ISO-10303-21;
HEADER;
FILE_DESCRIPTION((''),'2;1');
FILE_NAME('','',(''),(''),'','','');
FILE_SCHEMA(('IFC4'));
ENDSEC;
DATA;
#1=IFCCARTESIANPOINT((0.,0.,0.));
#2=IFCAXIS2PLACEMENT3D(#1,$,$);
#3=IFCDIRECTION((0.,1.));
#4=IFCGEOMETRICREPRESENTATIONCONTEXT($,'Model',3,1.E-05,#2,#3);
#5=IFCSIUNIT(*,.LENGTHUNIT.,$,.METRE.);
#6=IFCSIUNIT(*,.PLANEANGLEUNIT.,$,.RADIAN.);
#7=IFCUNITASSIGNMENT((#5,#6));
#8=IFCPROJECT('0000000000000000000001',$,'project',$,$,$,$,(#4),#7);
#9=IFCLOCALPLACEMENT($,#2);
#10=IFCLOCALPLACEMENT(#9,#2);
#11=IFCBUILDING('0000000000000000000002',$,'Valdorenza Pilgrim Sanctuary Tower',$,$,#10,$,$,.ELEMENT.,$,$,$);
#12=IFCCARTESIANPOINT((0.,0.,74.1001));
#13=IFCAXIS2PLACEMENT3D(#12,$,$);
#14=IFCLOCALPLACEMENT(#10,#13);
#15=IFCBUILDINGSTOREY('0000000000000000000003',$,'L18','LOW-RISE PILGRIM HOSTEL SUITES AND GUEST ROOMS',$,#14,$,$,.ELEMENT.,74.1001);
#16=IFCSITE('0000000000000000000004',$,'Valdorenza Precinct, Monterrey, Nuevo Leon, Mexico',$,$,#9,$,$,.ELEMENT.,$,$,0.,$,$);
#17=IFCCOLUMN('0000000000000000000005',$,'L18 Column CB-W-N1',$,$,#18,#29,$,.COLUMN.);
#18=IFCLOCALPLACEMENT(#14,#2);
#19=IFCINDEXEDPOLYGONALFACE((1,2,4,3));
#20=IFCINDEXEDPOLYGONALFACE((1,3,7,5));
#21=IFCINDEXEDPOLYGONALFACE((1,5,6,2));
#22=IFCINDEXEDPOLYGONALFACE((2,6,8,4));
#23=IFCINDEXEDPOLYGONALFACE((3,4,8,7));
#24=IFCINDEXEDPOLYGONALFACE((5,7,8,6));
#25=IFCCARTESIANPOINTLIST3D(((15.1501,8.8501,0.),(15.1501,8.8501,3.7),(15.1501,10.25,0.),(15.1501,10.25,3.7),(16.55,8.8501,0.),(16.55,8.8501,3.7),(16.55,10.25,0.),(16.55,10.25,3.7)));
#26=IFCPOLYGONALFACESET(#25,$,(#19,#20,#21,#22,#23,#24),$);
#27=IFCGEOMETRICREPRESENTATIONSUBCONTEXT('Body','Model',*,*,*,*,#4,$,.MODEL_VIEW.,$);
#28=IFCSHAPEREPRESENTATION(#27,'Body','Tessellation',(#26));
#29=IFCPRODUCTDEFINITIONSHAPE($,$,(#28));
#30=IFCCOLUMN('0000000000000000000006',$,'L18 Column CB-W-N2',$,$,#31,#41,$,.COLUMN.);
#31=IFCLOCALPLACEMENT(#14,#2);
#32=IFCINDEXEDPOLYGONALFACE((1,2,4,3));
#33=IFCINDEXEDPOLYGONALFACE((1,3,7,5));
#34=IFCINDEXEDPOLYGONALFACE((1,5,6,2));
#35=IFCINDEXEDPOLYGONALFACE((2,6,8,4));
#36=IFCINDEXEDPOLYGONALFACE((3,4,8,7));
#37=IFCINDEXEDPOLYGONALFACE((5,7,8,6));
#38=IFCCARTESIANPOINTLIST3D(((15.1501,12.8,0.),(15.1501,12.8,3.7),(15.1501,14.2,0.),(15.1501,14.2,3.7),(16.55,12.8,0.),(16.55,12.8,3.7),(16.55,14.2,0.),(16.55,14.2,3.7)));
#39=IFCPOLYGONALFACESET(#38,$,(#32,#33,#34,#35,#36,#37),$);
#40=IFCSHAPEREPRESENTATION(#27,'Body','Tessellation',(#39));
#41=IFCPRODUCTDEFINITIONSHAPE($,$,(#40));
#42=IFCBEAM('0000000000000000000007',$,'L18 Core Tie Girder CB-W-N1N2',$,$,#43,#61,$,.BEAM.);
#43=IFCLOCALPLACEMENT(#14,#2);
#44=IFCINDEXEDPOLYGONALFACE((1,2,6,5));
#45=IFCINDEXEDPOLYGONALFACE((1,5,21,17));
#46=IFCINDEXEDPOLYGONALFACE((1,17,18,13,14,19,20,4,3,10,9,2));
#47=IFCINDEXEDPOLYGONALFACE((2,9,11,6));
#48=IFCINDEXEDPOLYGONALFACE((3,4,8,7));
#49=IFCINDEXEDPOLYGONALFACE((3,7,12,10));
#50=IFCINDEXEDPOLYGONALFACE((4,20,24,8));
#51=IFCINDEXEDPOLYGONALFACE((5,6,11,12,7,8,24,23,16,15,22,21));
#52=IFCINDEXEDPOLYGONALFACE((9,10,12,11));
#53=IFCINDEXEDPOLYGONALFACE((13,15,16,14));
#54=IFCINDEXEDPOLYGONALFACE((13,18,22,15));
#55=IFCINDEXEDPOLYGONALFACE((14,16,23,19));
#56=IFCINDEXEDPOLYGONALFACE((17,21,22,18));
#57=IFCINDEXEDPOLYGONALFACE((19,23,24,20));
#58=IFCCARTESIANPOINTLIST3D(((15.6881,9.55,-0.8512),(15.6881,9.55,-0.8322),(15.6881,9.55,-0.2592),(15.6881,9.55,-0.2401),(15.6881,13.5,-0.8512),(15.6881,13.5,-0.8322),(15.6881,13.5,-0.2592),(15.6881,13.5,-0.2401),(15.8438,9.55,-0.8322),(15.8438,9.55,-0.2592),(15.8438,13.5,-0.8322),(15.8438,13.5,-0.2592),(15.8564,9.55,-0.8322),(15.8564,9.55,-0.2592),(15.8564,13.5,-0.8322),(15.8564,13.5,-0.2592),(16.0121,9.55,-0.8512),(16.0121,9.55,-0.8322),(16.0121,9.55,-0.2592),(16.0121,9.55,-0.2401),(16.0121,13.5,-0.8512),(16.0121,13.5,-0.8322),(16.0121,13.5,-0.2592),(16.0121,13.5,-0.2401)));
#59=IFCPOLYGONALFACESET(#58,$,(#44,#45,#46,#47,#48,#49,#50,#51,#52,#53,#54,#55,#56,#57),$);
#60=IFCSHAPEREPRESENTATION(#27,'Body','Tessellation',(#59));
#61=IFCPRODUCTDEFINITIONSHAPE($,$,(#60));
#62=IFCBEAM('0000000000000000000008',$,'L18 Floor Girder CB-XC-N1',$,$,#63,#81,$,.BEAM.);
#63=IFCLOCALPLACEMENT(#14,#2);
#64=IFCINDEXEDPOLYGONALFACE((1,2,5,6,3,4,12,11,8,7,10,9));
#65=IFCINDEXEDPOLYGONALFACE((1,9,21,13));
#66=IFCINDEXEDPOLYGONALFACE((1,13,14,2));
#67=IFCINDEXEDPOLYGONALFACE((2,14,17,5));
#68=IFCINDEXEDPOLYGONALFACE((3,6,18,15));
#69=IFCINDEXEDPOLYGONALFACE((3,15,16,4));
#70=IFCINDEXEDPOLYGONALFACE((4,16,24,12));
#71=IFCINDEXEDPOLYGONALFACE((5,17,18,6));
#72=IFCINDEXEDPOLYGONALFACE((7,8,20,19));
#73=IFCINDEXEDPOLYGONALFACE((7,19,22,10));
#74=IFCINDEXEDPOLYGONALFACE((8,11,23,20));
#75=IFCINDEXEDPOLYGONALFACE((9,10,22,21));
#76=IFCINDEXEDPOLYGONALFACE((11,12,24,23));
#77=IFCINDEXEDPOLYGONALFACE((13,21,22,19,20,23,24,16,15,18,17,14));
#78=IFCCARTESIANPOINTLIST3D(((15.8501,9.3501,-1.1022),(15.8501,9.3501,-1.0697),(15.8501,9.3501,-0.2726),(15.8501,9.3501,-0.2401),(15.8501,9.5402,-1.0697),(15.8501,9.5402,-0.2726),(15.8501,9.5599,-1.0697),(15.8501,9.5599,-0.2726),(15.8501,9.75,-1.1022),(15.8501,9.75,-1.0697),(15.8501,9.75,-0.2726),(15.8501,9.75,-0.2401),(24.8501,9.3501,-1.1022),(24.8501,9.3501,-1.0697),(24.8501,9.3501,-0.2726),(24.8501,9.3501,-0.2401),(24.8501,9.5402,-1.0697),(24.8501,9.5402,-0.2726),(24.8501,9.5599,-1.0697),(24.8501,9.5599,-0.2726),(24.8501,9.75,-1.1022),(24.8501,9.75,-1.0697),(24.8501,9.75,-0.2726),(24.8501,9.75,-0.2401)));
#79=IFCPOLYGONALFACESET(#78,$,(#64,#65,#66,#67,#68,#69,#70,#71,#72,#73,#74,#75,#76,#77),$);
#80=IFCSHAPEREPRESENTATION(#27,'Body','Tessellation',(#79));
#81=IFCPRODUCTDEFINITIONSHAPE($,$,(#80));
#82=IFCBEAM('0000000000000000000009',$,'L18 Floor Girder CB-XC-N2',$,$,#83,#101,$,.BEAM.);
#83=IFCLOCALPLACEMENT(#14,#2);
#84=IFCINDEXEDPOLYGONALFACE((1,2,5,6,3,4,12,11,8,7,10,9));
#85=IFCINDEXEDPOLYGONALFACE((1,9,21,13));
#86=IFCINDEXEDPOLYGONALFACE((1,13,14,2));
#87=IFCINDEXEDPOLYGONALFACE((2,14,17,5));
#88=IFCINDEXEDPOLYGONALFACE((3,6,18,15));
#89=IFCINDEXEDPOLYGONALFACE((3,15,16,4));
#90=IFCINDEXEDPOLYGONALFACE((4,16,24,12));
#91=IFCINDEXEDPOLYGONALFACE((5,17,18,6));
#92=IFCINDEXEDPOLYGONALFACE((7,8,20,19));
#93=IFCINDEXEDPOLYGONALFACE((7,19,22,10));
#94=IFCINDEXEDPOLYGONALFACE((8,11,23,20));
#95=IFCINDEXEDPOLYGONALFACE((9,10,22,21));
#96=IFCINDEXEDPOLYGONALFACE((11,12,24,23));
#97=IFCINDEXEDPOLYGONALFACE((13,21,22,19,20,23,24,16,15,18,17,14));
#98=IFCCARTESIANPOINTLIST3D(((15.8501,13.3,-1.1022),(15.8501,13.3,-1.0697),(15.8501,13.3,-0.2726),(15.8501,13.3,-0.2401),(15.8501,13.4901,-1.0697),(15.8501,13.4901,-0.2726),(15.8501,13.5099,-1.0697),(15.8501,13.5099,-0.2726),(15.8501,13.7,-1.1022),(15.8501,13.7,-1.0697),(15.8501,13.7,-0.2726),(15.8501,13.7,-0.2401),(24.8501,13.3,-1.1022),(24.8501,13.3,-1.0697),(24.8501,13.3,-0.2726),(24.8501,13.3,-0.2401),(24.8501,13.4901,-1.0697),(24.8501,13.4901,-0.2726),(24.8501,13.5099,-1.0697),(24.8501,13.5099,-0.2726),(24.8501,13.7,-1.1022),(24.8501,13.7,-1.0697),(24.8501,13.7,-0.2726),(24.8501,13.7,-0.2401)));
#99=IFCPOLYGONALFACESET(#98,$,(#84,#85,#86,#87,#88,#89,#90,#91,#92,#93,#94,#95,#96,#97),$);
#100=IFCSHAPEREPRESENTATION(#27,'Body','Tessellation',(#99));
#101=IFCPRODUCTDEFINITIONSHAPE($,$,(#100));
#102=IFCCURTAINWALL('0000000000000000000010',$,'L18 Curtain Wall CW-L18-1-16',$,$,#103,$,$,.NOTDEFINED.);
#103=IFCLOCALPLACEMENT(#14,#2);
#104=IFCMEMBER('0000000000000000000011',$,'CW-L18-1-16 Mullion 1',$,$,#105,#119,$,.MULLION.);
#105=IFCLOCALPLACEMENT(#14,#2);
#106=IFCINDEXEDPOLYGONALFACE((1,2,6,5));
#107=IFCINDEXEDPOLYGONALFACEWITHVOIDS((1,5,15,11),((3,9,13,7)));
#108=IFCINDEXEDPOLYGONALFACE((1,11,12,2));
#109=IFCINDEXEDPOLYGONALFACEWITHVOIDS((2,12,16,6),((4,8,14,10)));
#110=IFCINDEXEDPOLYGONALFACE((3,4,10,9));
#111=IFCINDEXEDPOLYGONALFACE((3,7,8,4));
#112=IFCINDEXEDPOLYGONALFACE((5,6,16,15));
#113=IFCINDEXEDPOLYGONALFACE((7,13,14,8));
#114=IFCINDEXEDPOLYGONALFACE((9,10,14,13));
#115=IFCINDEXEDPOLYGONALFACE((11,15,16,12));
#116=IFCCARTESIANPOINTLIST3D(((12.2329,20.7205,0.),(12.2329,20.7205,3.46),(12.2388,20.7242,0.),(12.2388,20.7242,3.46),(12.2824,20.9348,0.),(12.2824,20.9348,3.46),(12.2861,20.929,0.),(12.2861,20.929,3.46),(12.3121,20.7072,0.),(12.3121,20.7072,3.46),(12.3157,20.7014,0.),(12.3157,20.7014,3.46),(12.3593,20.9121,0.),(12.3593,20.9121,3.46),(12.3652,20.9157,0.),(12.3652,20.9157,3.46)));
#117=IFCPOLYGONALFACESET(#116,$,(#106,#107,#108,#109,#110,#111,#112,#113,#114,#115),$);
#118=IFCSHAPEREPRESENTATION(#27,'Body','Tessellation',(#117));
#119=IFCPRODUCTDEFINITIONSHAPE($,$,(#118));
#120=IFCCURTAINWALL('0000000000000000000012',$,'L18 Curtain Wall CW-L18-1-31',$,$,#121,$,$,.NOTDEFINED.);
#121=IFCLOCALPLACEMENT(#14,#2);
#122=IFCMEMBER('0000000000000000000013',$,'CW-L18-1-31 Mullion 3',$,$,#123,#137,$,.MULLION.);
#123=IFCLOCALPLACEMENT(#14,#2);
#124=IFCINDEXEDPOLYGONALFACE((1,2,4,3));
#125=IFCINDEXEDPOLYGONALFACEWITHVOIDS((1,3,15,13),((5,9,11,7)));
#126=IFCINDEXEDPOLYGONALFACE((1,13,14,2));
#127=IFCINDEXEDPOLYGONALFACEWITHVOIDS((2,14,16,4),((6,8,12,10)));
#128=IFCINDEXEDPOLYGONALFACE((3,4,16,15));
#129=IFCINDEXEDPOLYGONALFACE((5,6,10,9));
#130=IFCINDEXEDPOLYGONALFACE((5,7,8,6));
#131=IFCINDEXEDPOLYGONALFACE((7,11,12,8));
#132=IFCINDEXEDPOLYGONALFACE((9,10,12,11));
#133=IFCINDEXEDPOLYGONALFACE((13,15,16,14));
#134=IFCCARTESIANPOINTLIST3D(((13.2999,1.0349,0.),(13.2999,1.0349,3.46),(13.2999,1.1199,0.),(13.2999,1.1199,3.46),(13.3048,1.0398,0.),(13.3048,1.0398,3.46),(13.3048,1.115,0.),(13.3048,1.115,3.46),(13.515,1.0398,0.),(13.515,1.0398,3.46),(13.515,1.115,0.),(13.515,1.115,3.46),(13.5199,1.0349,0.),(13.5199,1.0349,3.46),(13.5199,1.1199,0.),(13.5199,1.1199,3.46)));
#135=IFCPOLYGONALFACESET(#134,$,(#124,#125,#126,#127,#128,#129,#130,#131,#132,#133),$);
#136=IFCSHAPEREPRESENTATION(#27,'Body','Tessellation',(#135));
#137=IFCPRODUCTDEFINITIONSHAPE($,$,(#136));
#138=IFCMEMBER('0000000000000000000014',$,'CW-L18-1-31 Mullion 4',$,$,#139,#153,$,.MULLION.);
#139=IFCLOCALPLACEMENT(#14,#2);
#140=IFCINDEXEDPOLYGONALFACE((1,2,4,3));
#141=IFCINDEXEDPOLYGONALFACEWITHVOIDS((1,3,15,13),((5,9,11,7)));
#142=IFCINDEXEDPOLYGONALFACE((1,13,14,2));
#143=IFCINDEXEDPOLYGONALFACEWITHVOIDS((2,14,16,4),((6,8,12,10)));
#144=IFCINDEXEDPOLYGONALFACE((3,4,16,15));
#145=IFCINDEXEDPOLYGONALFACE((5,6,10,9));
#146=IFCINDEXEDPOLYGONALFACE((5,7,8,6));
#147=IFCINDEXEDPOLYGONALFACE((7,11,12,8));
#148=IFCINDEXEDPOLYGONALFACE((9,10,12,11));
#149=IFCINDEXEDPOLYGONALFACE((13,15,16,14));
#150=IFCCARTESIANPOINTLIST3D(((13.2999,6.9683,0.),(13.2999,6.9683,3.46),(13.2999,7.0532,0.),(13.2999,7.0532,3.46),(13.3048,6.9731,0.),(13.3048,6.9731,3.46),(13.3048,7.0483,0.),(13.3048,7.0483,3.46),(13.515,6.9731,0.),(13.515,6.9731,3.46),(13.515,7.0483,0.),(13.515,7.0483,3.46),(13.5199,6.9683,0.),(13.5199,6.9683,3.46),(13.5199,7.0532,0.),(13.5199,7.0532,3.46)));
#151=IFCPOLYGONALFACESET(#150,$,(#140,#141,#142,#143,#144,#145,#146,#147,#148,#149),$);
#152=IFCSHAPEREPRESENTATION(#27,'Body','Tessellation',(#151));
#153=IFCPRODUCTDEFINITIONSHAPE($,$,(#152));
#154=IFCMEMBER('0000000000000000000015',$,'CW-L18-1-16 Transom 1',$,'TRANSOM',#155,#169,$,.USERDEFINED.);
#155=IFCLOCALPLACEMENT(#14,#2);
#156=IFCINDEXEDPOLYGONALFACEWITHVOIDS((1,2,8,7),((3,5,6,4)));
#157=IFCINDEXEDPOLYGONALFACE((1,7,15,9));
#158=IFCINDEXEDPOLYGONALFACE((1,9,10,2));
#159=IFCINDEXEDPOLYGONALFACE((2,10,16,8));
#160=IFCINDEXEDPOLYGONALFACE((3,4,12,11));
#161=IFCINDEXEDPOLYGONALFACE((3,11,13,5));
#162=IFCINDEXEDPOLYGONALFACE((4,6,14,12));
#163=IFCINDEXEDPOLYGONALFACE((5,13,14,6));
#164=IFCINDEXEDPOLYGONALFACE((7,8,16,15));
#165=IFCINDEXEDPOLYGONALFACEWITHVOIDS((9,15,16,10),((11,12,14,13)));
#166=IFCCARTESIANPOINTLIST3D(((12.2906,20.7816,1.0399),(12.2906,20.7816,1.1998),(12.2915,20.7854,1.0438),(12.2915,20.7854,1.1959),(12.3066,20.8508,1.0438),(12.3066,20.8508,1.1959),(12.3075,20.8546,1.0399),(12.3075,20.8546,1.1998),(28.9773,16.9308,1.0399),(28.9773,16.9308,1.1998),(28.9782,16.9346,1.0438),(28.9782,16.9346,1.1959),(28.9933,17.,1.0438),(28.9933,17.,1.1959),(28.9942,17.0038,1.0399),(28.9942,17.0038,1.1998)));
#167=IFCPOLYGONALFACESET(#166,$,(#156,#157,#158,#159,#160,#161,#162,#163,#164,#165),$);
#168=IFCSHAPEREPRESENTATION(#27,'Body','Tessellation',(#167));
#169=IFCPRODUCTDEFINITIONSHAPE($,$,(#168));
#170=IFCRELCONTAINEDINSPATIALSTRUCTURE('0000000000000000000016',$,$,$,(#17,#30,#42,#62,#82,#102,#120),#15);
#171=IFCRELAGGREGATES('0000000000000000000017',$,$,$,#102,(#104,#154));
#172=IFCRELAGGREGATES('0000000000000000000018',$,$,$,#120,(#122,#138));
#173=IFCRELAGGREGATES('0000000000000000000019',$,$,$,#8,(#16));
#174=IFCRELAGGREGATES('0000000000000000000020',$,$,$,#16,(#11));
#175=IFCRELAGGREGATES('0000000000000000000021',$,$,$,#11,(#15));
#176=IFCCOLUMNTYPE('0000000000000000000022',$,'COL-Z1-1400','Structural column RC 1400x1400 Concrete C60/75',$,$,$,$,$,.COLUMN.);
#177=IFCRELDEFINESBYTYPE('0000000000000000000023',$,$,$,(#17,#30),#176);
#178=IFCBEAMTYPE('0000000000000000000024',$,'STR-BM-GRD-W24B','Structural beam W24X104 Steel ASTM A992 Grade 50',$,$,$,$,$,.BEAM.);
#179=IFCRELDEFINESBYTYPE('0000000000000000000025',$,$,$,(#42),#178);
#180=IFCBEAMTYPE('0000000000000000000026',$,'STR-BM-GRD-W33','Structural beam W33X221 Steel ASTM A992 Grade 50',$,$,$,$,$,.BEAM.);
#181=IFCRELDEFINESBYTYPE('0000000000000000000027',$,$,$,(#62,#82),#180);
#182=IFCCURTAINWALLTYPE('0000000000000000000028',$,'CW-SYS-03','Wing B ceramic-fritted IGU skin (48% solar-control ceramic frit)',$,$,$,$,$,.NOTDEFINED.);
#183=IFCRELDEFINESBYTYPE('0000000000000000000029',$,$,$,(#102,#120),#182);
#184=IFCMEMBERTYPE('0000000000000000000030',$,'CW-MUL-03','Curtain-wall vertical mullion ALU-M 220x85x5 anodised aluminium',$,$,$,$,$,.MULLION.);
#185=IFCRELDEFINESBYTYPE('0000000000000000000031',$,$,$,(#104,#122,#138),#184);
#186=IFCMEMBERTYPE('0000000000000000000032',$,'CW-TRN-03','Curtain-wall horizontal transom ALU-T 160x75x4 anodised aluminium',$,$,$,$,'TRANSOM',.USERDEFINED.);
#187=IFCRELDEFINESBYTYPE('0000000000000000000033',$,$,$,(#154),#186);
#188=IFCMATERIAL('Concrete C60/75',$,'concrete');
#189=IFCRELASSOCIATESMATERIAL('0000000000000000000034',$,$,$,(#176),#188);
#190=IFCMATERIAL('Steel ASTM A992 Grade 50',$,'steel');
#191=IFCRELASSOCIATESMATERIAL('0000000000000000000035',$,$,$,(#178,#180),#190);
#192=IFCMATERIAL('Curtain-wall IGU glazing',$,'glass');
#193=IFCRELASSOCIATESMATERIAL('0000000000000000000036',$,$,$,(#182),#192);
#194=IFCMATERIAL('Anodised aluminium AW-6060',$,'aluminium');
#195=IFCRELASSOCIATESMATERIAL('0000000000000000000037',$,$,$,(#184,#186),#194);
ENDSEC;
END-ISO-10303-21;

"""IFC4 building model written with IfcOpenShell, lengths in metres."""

from ifc_helpers import new_model, si_unit, direction, frame, origin, origin_2d, place, context, subcontext, project, spatial, rectangle, hollow_rectangle, i_section, extrude, source, transform, mapped, material, material_profile, profile_set, type_object, element, aggregate, save


model = new_model("IFC4")

# Units and contexts
model_context = context("Model", 3, precision=1e-05, world=origin(), true_north=direction((0.0, 1.0)))
body_context = subcontext(model_context, "Body", "Model", "MODEL_VIEW")
ifc_project = project(units=[si_unit("LENGTHUNIT", "METRE"), si_unit("PLANEANGLEUNIT", "RADIAN")], contexts=[model_context])

# Site, building, storey
site_placement = place(None, origin())
site = spatial("IfcSite", under=ifc_project, at=site_placement, Name="Valdorenza Precinct, Monterrey, Nuevo Leon, Mexico", CompositionType="ELEMENT", RefElevation=0.0)
building_placement = place(site_placement, origin())
building = spatial("IfcBuilding", under=site, at=building_placement, Name="Valdorenza Pilgrim Sanctuary Tower", CompositionType="ELEMENT")
storey_placement = place(building_placement, frame((0.0, 0.0, 74.1001)))
storey = spatial("IfcBuildingStorey", under=building, at=storey_placement, Name="L18", Description="LOW-RISE PILGRIM HOSTEL SUITES AND GUEST ROOMS", CompositionType="ELEMENT", Elevation=74.1001)

# Columns
ifc_material_1 = material(Name="Concrete C60/75", Category="concrete")
ifc_material_profile_1 = material_profile(ifc_material_1, rectangle(XDim=1.3999, YDim=1.3999, at=origin_2d()), Name="RC 1400x1400")
ifc_profile_set_1 = profile_set([ifc_material_profile_1], Name="Concrete C60/75")
column_type = type_object("IfcColumnType", Name="COL-Z1-1400", Description="Structural column RC 1400x1400 Concrete C60/75", PredefinedType="COLUMN", material=ifc_profile_set_1)
shared_shape_1 = source(origin(), body_context, "Body", "SweptSolid", [
    extrude(rectangle(XDim=1.3999, YDim=1.3999, at=origin_2d()), origin(), (0.0, 0.0, 1.0), 3.7),
])
for number, where, z_axis, x_axis, name in (
    (1, (15.8501, 9.55, 0.0), (0.0, 0.0, 1.0), (1.0, 0.0, 0.0), "L18 Column CB-W-N1"),
    (2, (15.8501, 13.5, 0.0), (0.0, 0.0, 1.0), (1.0, 0.0, 0.0), "L18 Column CB-W-N2"),
):
    element("IfcColumn", number, at=place(storey_placement, frame(where, z_axis=z_axis, x_axis=x_axis)), inside=storey, type_object=column_type, Name=name, PredefinedType="COLUMN", context=body_context, shape_type="MappedRepresentation", body=[
        mapped(shared_shape_1, transform((0.0, 0.0, 0.0), x_axis=(1.0, 0.0, 0.0), y_axis=(0.0, 1.0, 0.0), z_axis=(0.0, 0.0, 1.0), scale=1.0)),
    ])

# Beams
ifc_material_2 = material(Name="Steel ASTM A992 Grade 50", Category="steel")
ifc_material_profile_2 = material_profile(ifc_material_2, i_section(OverallWidth=0.324, OverallDepth=0.6111, WebThickness=0.0127, FlangeThickness=0.019, at=origin_2d()), Name="W24X104")
ifc_profile_set_2 = profile_set([ifc_material_profile_2], Name="Steel ASTM A992 Grade 50")
beam_type_1 = type_object("IfcBeamType", Name="STR-BM-GRD-W24B", Description="Structural beam W24X104 Steel ASTM A992 Grade 50", PredefinedType="BEAM", material=ifc_profile_set_2)
shared_shape_2 = source(origin(), body_context, "Body", "SweptSolid", [
    extrude(i_section(OverallWidth=0.324, OverallDepth=0.6111, WebThickness=0.0127, FlangeThickness=0.019, at=origin_2d()), origin(), (0.0, 0.0, 1.0), 3.95),
])
beam_placement = place(storey_placement, frame((15.8501, 9.55, -0.5457), z_axis=(0.0, 1.0, 0.0), x_axis=(-1.0, 0.0, 0.0)))
element("IfcBeam", 3, at=beam_placement, inside=storey, type_object=beam_type_1, Name="L18 Core Tie Girder CB-W-N1N2", PredefinedType="BEAM", context=body_context, shape_type="MappedRepresentation", body=[
    mapped(shared_shape_2, transform((0.0, 0.0, 0.0), x_axis=(1.0, 0.0, 0.0), y_axis=(0.0, 1.0, 0.0), z_axis=(0.0, 0.0, 1.0), scale=1.0)),
])
ifc_material_profile_3 = material_profile(ifc_material_2, i_section(OverallWidth=0.3999, OverallDepth=0.8621, WebThickness=0.0198, FlangeThickness=0.0325, at=origin_2d()), Name="W33X221")
ifc_profile_set_3 = profile_set([ifc_material_profile_3], Name="Steel ASTM A992 Grade 50")
beam_type_2 = type_object("IfcBeamType", Name="STR-BM-GRD-W33", Description="Structural beam W33X221 Steel ASTM A992 Grade 50", PredefinedType="BEAM", material=ifc_profile_set_3)
shared_shape_3 = source(origin(), body_context, "Body", "SweptSolid", [
    extrude(i_section(OverallWidth=0.3999, OverallDepth=0.8621, WebThickness=0.0198, FlangeThickness=0.0325, at=origin_2d()), origin(), (0.0, 0.0, 1.0), 9.0),
])
for number, where, z_axis, x_axis, name in (
    (4, (15.8501, 9.55, -0.6711), (1.0, 0.0, 0.0), (0.0, 1.0, 0.0), "L18 Floor Girder CB-XC-N1"),
    (5, (15.8501, 13.5, -0.6711), (1.0, 0.0, 0.0), (0.0, 1.0, 0.0), "L18 Floor Girder CB-XC-N2"),
):
    element("IfcBeam", number, at=place(storey_placement, frame(where, z_axis=z_axis, x_axis=x_axis)), inside=storey, type_object=beam_type_2, Name=name, PredefinedType="BEAM", context=body_context, shape_type="MappedRepresentation", body=[
        mapped(shared_shape_3, transform((0.0, 0.0, 0.0), x_axis=(1.0, 0.0, 0.0), y_axis=(0.0, 1.0, 0.0), z_axis=(0.0, 0.0, 1.0), scale=1.0)),
    ])

# Curtain wall, member
ifc_material_3 = material(Name="Curtain-wall IGU glazing", Category="glass")
curtain_wall_type = type_object("IfcCurtainWallType", Name="CW-SYS-03", Description="Wing B ceramic-fritted IGU skin (48% solar-control ceramic frit)", PredefinedType="NOTDEFINED", material=ifc_material_3)
curtain_wall_1_placement = place(storey_placement, origin())
curtain_wall_1 = element("IfcCurtainWall", 6, at=curtain_wall_1_placement, inside=storey, type_object=curtain_wall_type, Name="L18 Curtain Wall CW-L18-1-16", PredefinedType="NOTDEFINED")
ifc_material_4 = material(Name="Anodised aluminium AW-6060", Category="aluminium")
ifc_material_profile_4 = material_profile(ifc_material_4, hollow_rectangle(XDim=0.085, YDim=0.22, WallThickness=0.0049, at=origin_2d()), Name="ALU-M 220x85x5")
ifc_profile_set_4 = profile_set([ifc_material_profile_4], Name="Anodised aluminium AW-6060")
member_type_1 = type_object("IfcMemberType", Name="CW-MUL-03", Description="Curtain-wall vertical mullion ALU-M 220x85x5 anodised aluminium", PredefinedType="MULLION", material=ifc_profile_set_4)
shared_shape_4 = source(origin(), body_context, "Body", "SweptSolid", [
    extrude(hollow_rectangle(XDim=0.085, YDim=0.22, WallThickness=0.0049, at=origin_2d()), origin(), (0.0, 0.0, 1.0), 3.46),
])
member_1_placement = place(storey_placement, frame((12.2991, 20.8181, 0.0), z_axis=(0.0, 0.0, 1.0), x_axis=(0.97439, -0.224866, 0.0)))
member_1 = element("IfcMember", 7, at=member_1_placement, type_object=member_type_1, Name="CW-L18-1-16 Mullion 1", PredefinedType="MULLION", context=body_context, shape_type="MappedRepresentation", body=[
    mapped(shared_shape_4, transform((0.0, 0.0, 0.0), x_axis=(1.0, 0.0, 0.0), y_axis=(0.0, 1.0, 0.0), z_axis=(0.0, 0.0, 1.0), scale=1.0)),
])

# Curtain wall, members
curtain_wall_2_placement = place(storey_placement, origin())
curtain_wall_2 = element("IfcCurtainWall", 8, at=curtain_wall_2_placement, inside=storey, type_object=curtain_wall_type, Name="L18 Curtain Wall CW-L18-1-31", PredefinedType="NOTDEFINED")
member_2_placement = place(storey_placement, frame((13.4099, 1.0774, 0.0), z_axis=(0.0, 0.0, 1.0), x_axis=(0.0, 1.0, 0.0)))
member_2 = element("IfcMember", 9, at=member_2_placement, type_object=member_type_1, Name="CW-L18-1-31 Mullion 3", PredefinedType="MULLION", context=body_context, shape_type="MappedRepresentation", body=[
    mapped(shared_shape_4, transform((0.0, 0.0, 0.0), x_axis=(1.0, 0.0, 0.0), y_axis=(0.0, 1.0, 0.0), z_axis=(0.0, 0.0, 1.0), scale=1.0)),
])
member_3_placement = place(storey_placement, frame((13.4099, 7.0107, 0.0), z_axis=(0.0, 0.0, 1.0), x_axis=(0.0, 1.0, 0.0)))
member_3 = element("IfcMember", 10, at=member_3_placement, type_object=member_type_1, Name="CW-L18-1-31 Mullion 4", PredefinedType="MULLION", context=body_context, shape_type="MappedRepresentation", body=[
    mapped(shared_shape_4, transform((0.0, 0.0, 0.0), x_axis=(1.0, 0.0, 0.0), y_axis=(0.0, 1.0, 0.0), z_axis=(0.0, 0.0, 1.0), scale=1.0)),
])

# Member
ifc_material_profile_5 = material_profile(ifc_material_4, hollow_rectangle(XDim=0.075, YDim=0.1599, WallThickness=0.0039, at=origin_2d()), Name="ALU-T 160x75x4")
ifc_profile_set_5 = profile_set([ifc_material_profile_5], Name="Anodised aluminium AW-6060")
member_type_2 = type_object("IfcMemberType", Name="CW-TRN-03", Description="Curtain-wall horizontal transom ALU-T 160x75x4 anodised aluminium", ElementType="TRANSOM", PredefinedType="USERDEFINED", material=ifc_profile_set_5)
shared_shape_5 = source(origin(), body_context, "Body", "SweptSolid", [
    extrude(hollow_rectangle(XDim=0.075, YDim=0.1599, WallThickness=0.0039, at=origin_2d()), origin(), (0.0, 0.0, 1.0), 17.1252),
])
member_4_placement = place(storey_placement, frame((12.2991, 20.8181, 1.1199), z_axis=(0.974391, -0.224862, 0.0), x_axis=(0.224862, 0.974391, 0.0)))
member_4 = element("IfcMember", 11, at=member_4_placement, type_object=member_type_2, Name="CW-L18-1-16 Transom 1", ObjectType="TRANSOM", PredefinedType="USERDEFINED", context=body_context, shape_type="MappedRepresentation", body=[
    mapped(shared_shape_5, transform((0.0, 0.0, 0.0), x_axis=(1.0, 0.0, 0.0), y_axis=(0.0, 1.0, 0.0), z_axis=(0.0, 0.0, 1.0), scale=1.0)),
])

aggregate(curtain_wall_1, [member_1, member_4])
aggregate(curtain_wall_2, [member_2, member_3])

save(model, "model.ifc")
